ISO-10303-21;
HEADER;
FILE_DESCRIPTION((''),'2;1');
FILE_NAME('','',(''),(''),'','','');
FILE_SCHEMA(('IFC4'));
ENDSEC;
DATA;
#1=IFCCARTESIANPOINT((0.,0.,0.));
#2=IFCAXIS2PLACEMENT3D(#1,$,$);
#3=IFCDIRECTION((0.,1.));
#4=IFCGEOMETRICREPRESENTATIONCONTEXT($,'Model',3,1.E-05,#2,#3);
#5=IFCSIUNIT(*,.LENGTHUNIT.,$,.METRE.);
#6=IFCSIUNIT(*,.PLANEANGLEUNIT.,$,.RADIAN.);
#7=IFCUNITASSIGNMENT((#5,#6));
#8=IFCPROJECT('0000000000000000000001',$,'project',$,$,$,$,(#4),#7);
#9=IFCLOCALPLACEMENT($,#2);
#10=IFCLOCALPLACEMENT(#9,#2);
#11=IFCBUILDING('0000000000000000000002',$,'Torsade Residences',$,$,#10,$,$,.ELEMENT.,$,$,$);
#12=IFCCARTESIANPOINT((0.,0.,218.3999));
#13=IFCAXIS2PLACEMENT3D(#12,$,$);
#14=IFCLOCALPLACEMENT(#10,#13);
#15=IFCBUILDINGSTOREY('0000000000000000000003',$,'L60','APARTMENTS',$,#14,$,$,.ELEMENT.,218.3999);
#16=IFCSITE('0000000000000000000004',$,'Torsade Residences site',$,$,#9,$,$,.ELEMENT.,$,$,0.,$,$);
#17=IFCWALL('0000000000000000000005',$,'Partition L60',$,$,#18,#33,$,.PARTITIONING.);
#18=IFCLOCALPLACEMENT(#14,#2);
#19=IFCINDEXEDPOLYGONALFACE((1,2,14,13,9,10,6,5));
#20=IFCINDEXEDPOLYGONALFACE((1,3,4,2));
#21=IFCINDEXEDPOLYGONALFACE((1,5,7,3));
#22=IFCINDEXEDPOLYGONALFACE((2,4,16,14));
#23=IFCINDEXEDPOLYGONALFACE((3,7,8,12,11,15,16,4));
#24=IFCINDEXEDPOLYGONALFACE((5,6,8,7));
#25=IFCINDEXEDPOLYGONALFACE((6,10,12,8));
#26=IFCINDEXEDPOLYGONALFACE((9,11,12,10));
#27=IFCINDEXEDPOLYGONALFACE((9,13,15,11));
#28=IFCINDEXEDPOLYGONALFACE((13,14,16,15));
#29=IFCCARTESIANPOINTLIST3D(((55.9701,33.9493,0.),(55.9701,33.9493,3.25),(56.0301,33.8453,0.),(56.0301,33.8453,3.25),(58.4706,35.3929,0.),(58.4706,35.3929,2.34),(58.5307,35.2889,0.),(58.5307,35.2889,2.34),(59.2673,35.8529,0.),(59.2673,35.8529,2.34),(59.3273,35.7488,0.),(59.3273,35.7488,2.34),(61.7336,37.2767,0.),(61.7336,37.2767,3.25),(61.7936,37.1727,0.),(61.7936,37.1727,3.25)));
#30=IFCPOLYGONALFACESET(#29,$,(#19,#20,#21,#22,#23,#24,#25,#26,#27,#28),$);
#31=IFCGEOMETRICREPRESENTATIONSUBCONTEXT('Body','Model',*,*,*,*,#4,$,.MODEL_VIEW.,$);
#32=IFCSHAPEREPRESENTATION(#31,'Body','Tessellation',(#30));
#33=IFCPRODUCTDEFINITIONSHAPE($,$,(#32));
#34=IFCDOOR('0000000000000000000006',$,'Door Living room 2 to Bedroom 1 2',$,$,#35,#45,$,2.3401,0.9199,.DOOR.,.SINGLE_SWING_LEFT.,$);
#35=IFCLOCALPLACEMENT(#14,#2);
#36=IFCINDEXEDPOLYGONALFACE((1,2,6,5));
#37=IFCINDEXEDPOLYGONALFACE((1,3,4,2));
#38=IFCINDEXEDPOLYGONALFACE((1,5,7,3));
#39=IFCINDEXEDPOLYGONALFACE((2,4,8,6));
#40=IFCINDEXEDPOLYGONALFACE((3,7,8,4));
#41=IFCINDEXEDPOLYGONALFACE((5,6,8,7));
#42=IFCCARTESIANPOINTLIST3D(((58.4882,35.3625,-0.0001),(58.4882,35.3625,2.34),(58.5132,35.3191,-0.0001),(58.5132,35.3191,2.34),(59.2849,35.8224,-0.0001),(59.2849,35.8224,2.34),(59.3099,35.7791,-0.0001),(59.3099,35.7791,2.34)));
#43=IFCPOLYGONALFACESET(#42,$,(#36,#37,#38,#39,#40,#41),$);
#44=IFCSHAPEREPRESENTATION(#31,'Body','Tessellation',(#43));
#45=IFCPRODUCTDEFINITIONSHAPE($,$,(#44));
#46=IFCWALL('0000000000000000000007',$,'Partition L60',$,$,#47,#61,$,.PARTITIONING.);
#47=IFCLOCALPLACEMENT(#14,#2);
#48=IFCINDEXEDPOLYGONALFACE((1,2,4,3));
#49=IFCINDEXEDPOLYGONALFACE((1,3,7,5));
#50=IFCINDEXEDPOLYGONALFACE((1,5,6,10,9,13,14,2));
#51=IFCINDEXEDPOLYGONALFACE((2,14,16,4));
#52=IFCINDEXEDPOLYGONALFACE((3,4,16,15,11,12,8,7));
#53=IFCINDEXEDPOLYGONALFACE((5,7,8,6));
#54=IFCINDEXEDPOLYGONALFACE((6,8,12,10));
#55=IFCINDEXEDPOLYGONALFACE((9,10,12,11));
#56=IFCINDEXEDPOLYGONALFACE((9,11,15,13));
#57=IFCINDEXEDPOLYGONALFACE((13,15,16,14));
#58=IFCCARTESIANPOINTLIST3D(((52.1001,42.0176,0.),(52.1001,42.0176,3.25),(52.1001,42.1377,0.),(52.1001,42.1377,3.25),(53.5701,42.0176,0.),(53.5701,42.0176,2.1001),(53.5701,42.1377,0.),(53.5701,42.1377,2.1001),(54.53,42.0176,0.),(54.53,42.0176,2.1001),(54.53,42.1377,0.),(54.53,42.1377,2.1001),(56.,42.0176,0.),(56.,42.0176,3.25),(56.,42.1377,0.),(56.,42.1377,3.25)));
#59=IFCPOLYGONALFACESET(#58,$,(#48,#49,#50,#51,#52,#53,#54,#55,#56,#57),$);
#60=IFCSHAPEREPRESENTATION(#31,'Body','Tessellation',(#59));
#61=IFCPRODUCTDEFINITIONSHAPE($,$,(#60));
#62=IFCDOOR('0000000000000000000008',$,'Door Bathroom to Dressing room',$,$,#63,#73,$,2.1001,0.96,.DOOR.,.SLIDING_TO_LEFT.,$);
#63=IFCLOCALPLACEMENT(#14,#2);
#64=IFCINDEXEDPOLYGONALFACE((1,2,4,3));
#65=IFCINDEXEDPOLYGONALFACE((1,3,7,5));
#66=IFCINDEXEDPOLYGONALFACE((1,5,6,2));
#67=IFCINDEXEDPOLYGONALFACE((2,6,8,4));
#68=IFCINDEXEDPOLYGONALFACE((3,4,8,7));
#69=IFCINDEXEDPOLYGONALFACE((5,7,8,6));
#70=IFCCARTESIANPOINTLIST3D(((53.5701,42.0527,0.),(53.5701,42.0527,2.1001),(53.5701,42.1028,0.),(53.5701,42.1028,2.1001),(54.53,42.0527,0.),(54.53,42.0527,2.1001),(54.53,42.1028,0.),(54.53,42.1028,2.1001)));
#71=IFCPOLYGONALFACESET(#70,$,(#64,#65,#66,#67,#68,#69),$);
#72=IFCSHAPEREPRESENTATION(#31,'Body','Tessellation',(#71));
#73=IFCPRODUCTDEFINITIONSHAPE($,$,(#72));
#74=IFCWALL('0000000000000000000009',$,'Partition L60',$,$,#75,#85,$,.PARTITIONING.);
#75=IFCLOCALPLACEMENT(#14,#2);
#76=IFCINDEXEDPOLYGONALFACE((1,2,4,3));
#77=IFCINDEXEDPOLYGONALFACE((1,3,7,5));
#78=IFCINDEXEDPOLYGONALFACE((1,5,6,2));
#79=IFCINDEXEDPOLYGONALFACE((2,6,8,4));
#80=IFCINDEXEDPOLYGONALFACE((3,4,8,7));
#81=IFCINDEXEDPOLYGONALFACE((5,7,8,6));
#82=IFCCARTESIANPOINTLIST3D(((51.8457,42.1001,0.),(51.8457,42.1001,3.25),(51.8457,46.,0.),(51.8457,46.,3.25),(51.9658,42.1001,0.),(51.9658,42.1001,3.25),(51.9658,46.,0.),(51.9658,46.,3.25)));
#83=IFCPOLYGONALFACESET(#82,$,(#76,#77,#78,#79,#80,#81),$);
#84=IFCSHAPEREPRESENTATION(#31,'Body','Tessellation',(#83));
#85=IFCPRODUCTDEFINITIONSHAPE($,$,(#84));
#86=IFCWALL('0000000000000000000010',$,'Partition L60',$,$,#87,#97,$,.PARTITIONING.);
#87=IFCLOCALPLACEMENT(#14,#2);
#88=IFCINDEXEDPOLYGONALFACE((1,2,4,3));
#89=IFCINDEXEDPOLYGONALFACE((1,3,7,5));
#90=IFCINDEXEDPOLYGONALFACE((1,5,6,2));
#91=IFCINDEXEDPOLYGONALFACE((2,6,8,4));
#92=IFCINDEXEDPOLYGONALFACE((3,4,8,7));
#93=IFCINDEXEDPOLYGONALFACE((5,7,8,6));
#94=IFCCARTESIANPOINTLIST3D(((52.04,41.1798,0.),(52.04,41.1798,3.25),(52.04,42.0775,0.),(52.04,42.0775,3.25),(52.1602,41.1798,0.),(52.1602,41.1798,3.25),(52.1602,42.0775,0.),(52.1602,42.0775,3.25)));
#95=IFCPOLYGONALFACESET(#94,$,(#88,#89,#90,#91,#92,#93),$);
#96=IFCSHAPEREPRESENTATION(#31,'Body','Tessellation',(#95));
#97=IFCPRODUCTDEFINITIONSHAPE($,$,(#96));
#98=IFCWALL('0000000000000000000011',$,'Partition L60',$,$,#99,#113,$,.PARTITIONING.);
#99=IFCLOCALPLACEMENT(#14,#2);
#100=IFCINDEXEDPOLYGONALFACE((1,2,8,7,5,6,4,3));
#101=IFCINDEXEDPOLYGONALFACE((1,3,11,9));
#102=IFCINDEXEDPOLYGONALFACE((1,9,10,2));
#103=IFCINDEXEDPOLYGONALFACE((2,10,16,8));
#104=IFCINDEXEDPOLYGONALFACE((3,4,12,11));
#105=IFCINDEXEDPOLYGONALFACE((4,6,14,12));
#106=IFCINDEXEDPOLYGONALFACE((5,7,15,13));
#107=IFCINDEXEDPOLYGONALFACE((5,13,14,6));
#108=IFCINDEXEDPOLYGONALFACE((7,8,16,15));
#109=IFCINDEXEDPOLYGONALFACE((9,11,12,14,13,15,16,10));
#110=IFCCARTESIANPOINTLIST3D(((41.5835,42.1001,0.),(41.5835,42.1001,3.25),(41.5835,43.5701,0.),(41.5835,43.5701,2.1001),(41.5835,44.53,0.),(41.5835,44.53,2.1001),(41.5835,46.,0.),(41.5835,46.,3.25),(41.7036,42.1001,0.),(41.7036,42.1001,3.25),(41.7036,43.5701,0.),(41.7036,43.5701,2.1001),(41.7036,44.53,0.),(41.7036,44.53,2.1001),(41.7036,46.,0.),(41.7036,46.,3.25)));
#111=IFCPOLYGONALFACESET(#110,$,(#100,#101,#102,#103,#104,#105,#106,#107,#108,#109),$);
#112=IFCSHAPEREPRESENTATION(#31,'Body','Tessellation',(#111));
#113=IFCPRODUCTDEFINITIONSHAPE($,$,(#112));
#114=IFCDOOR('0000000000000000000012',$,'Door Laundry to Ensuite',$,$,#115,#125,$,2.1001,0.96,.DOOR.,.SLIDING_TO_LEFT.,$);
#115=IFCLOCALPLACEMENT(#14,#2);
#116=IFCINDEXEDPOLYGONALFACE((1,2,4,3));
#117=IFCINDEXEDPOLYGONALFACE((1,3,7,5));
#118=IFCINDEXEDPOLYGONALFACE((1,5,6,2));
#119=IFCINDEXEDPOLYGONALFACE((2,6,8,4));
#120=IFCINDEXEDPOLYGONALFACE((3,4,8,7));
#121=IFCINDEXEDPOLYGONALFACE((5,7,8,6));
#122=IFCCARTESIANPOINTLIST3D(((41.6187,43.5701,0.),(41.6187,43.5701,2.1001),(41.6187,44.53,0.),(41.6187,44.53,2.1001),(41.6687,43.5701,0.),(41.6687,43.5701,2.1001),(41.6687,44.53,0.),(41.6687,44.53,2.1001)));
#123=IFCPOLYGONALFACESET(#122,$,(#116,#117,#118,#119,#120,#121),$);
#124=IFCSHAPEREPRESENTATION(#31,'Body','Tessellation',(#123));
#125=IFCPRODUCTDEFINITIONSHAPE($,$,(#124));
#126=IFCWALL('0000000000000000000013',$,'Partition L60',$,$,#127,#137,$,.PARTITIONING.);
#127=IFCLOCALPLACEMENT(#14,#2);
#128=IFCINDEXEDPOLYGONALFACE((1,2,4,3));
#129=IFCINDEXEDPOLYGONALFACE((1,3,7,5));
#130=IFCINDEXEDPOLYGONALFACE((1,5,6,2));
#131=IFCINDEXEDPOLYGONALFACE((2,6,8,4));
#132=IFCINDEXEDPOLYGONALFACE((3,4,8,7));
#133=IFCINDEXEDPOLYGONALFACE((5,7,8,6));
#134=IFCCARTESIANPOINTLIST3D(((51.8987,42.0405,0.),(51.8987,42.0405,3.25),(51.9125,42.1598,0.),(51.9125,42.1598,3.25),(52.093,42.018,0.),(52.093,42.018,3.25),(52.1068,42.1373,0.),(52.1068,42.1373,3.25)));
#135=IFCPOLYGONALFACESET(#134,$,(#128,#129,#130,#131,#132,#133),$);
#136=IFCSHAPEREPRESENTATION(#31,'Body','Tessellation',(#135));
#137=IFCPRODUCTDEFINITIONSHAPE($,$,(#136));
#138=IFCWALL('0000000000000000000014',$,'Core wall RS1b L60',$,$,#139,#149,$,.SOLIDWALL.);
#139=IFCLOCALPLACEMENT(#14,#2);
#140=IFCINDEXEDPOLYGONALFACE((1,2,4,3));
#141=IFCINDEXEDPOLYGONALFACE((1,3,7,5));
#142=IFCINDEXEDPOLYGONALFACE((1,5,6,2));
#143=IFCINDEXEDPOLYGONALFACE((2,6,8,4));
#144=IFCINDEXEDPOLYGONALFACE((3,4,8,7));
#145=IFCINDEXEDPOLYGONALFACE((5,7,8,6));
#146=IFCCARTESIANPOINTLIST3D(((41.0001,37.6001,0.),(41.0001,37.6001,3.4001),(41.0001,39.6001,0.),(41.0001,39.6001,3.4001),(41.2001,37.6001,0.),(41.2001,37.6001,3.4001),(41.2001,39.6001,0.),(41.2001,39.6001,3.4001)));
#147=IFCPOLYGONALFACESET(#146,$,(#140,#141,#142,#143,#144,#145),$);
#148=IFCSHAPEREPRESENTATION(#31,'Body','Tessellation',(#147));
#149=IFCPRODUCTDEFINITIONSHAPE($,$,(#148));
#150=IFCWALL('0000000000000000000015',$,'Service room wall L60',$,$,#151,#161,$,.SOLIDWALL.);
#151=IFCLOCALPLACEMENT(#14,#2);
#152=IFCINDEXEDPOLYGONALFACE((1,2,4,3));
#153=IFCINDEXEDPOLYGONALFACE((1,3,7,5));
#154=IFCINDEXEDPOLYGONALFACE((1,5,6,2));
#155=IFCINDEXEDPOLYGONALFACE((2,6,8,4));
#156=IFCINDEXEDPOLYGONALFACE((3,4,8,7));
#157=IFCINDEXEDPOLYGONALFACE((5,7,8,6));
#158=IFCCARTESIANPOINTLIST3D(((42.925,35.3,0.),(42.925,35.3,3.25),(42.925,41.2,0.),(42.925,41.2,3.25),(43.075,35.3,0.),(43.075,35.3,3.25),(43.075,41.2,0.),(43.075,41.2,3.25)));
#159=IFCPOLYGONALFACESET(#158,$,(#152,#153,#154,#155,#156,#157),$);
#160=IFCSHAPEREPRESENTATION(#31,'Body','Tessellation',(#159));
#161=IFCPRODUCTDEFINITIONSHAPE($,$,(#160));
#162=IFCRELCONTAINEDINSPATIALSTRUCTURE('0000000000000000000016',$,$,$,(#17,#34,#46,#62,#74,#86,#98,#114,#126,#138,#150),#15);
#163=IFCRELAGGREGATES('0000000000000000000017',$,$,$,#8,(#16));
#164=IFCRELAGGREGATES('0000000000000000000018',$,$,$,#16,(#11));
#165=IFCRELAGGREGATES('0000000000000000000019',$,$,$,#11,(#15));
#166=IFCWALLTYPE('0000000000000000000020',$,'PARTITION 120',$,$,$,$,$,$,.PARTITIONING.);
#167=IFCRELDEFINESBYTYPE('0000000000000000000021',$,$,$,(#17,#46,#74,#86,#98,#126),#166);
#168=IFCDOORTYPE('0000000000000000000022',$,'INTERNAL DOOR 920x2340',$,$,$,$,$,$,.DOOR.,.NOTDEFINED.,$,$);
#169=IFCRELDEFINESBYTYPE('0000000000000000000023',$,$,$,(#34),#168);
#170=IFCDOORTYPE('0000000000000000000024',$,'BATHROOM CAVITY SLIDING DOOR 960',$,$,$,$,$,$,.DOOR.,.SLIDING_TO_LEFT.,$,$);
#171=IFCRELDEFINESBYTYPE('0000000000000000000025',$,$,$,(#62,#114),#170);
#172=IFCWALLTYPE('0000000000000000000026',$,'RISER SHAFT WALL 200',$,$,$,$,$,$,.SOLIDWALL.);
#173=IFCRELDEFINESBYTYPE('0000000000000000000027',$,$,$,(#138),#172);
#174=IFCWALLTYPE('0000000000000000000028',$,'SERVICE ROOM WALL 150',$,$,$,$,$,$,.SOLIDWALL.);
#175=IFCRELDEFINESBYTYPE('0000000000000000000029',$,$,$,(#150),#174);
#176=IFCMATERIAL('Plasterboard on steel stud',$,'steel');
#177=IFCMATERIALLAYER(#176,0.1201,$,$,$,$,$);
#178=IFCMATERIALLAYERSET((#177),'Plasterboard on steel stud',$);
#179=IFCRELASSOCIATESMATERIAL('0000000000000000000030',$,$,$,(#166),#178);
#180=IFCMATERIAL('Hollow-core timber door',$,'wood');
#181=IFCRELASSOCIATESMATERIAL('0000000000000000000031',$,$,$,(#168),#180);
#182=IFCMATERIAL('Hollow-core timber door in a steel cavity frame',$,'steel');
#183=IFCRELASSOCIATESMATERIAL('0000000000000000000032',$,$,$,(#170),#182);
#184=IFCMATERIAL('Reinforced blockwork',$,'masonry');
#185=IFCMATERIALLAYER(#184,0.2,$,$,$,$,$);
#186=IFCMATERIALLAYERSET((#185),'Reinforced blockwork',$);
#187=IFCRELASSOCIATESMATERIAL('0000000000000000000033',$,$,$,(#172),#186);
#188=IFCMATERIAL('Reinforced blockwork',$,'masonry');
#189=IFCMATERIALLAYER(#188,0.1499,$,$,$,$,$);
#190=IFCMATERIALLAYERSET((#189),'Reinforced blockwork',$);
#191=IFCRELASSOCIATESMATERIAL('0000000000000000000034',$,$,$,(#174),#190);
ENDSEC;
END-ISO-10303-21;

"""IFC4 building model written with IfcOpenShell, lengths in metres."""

from ifc_helpers import new_model, si_unit, direction, frame, frame_2d, origin, place, context, subcontext, project, spatial, rectangle, extrude, material, layer, layer_set, type_object, element, fill, save


model = new_model("IFC4")

# Units and contexts
model_context = context("Model", 3, precision=1e-05, world=origin(), true_north=direction((0.0, 1.0)))
body_context = subcontext(model_context, "Body", "Model", "MODEL_VIEW")
ifc_project = project(units=[si_unit("LENGTHUNIT", "METRE"), si_unit("PLANEANGLEUNIT", "RADIAN")], contexts=[model_context])

# Site, building, storey
site_placement = place(None, origin())
site = spatial("IfcSite", under=ifc_project, at=site_placement, Name="Torsade Residences site", CompositionType="ELEMENT", RefElevation=0.0)
building_placement = place(site_placement, origin())
building = spatial("IfcBuilding", under=site, at=building_placement, Name="Torsade Residences", CompositionType="ELEMENT")
storey_placement = place(building_placement, frame((0.0, 0.0, 218.3999)))
storey = spatial("IfcBuildingStorey", under=building, at=storey_placement, Name="L60", Description="APARTMENTS", CompositionType="ELEMENT", Elevation=218.3999)

# Shared definitions
ifc_material_1 = material(Name="Plasterboard on steel stud", Category="steel")
ifc_layer_1 = layer(ifc_material_1, 0.1201)
ifc_layer_set_1 = layer_set([ifc_layer_1], Name="Plasterboard on steel stud")
wall_type_1 = type_object("IfcWallType", Name="PARTITION 120", PredefinedType="PARTITIONING", material=ifc_layer_set_1)
ifc_material_2 = material(Name="Hollow-core timber door", Category="wood")
door_type_1 = type_object("IfcDoorType", Name="INTERNAL DOOR 920x2340", OperationType="NOTDEFINED", PredefinedType="DOOR", material=ifc_material_2)

# Walls, openings, doors
wall_1_placement = place(storey_placement, frame((56.0, 33.8972, 0.0), z_axis=(0.0, 0.0, 1.0), x_axis=(0.866033, 0.499986, 0.0)))
wall_1 = element("IfcWall", 1, at=wall_1_placement, inside=storey, type_object=wall_type_1, Name="Partition L60", PredefinedType="PARTITIONING", context=body_context, shape_type="SweptSolid", body=[
    extrude(rectangle(XDim=6.655, YDim=0.1201, at=frame_2d((3.3276, 0.0))), origin(), (0.0, 0.0, 1.0), 3.25),
])
opening_1_placement = place(wall_1_placement, frame((2.8875, 0.0, 0.0)))
opening_1 = element("IfcOpeningElement", 2, at=opening_1_placement, cuts=wall_1, PredefinedType="OPENING", context=body_context, shape_type="SweptSolid", body=[
    extrude(rectangle(XDim=0.9199, YDim=2.3401, at=frame_2d((0.46, 1.1699))), frame((0.0, 0.0701, 0.0), z_axis=(0.0, -1.0, 0.0), x_axis=(1.0, 0.0, 0.0)), (0.0, 0.0, 1.0), 0.1401),
])
door_1_placement = place(opening_1_placement, origin())
door_1 = element("IfcDoor", 3, at=door_1_placement, inside=storey, type_object=door_type_1, Name="Door Living room 2 to Bedroom 1 2", OperationType="SINGLE_SWING_LEFT", OverallHeight=2.3401, OverallWidth=0.9199, PredefinedType="DOOR", context=body_context, shape_type="SweptSolid", body=[
    extrude(rectangle(XDim=0.9199, YDim=2.3401, at=frame_2d((0.46, 1.1699))), frame((0.0, 0.0249, 0.0), z_axis=(0.0, -1.0, 0.0), x_axis=(1.0, 0.0, 0.0)), (0.0, 0.0, 1.0), 0.05),
])
fill(opening_1, door_1)
wall_2_placement = place(storey_placement, frame((56.0, 42.0776, 0.0), z_axis=(0.0, 0.0, 1.0), x_axis=(-1.0, 0.0, 0.0)))
wall_2 = element("IfcWall", 4, at=wall_2_placement, inside=storey, type_object=wall_type_1, Name="Partition L60", PredefinedType="PARTITIONING", context=body_context, shape_type="SweptSolid", body=[
    extrude(rectangle(XDim=3.8999, YDim=0.1201, at=frame_2d((1.95, 0.0))), origin(), (0.0, 0.0, 1.0), 3.25),
])
opening_2_placement = place(wall_2_placement, frame((1.47, 0.0, 0.0)))
opening_2 = element("IfcOpeningElement", 5, at=opening_2_placement, cuts=wall_2, PredefinedType="OPENING", context=body_context, shape_type="SweptSolid", body=[
    extrude(rectangle(XDim=0.96, YDim=2.1001, at=frame_2d((0.48, 1.05))), frame((0.0, 0.0701, 0.0), z_axis=(0.0, -1.0, 0.0), x_axis=(1.0, 0.0, 0.0)), (0.0, 0.0, 1.0), 0.1401),
])
ifc_material_3 = material(Name="Hollow-core timber door in a steel cavity frame", Category="steel")
door_type_2 = type_object("IfcDoorType", Name="BATHROOM CAVITY SLIDING DOOR 960", OperationType="SLIDING_TO_LEFT", PredefinedType="DOOR", material=ifc_material_3)
door_2_placement = place(opening_2_placement, origin())
door_2 = element("IfcDoor", 6, at=door_2_placement, inside=storey, type_object=door_type_2, Name="Door Bathroom to Dressing room", OperationType="SLIDING_TO_LEFT", OverallHeight=2.1001, OverallWidth=0.96, PredefinedType="DOOR", context=body_context, shape_type="SweptSolid", body=[
    extrude(rectangle(XDim=0.96, YDim=2.1001, at=frame_2d((0.48, 1.05))), frame((0.0, 0.0249, 0.0), z_axis=(0.0, -1.0, 0.0), x_axis=(1.0, 0.0, 0.0)), (0.0, 0.0, 1.0), 0.05),
])
fill(opening_2, door_2)

# Walls
wall_3_placement = place(storey_placement, frame((51.9058, 42.1001, 0.0), z_axis=(0.0, 0.0, 1.0), x_axis=(0.0, 1.0, 0.0)))
element("IfcWall", 7, at=wall_3_placement, inside=storey, type_object=wall_type_1, Name="Partition L60", PredefinedType="PARTITIONING", context=body_context, shape_type="SweptSolid", body=[
    extrude(rectangle(XDim=3.8999, YDim=0.1201, at=frame_2d((1.95, 0.0))), origin(), (0.0, 0.0, 1.0), 3.25),
])
wall_4_placement = place(storey_placement, frame((52.1001, 41.1799, 0.0), z_axis=(0.0, 0.0, 1.0), x_axis=(0.0, 1.0, 0.0)))
element("IfcWall", 8, at=wall_4_placement, inside=storey, type_object=wall_type_1, Name="Partition L60", PredefinedType="PARTITIONING", context=body_context, shape_type="SweptSolid", body=[
    extrude(rectangle(XDim=0.8977, YDim=0.1201, at=frame_2d((0.4487, 0.0))), origin(), (0.0, 0.0, 1.0), 3.25),
])

# Wall, opening, door
wall_5_placement = place(storey_placement, frame((41.6436, 42.1001, 0.0), z_axis=(0.0, 0.0, 1.0), x_axis=(0.0, 1.0, 0.0)))
wall_5 = element("IfcWall", 9, at=wall_5_placement, inside=storey, type_object=wall_type_1, Name="Partition L60", PredefinedType="PARTITIONING", context=body_context, shape_type="SweptSolid", body=[
    extrude(rectangle(XDim=3.8999, YDim=0.1201, at=frame_2d((1.95, 0.0))), origin(), (0.0, 0.0, 1.0), 3.25),
])
opening_3_placement = place(wall_5_placement, frame((1.47, 0.0, 0.0)))
opening_3 = element("IfcOpeningElement", 10, at=opening_3_placement, cuts=wall_5, PredefinedType="OPENING", context=body_context, shape_type="SweptSolid", body=[
    extrude(rectangle(XDim=0.96, YDim=2.1001, at=frame_2d((0.48, 1.05))), frame((0.0, 0.0701, 0.0), z_axis=(0.0, -1.0, 0.0), x_axis=(1.0, 0.0, 0.0)), (0.0, 0.0, 1.0), 0.1401),
])
door_3_placement = place(opening_3_placement, origin())
door_3 = element("IfcDoor", 11, at=door_3_placement, inside=storey, type_object=door_type_2, Name="Door Laundry to Ensuite", OperationType="SLIDING_TO_LEFT", OverallHeight=2.1001, OverallWidth=0.96, PredefinedType="DOOR", context=body_context, shape_type="SweptSolid", body=[
    extrude(rectangle(XDim=0.96, YDim=2.1001, at=frame_2d((0.48, 1.05))), frame((0.0, 0.0249, 0.0), z_axis=(0.0, -1.0, 0.0), x_axis=(1.0, 0.0, 0.0)), (0.0, 0.0, 1.0), 0.05),
])
fill(opening_3, door_3)

# Walls
wall_6_placement = place(storey_placement, frame((51.9058, 42.1001, 0.0), z_axis=(0.0, 0.0, 1.0), x_axis=(0.993387, -0.114814, 0.0)))
element("IfcWall", 12, at=wall_6_placement, inside=storey, type_object=wall_type_1, Name="Partition L60", PredefinedType="PARTITIONING", context=body_context, shape_type="SweptSolid", body=[
    extrude(rectangle(XDim=0.1956, YDim=0.1201, at=frame_2d((0.0977, 0.0))), origin(), (0.0, 0.0, 1.0), 3.25),
])
ifc_material_4 = material(Name="Reinforced blockwork", Category="masonry")
ifc_layer_2 = layer(ifc_material_4, 0.2)
ifc_layer_set_2 = layer_set([ifc_layer_2], Name="Reinforced blockwork")
wall_type_2 = type_object("IfcWallType", Name="RISER SHAFT WALL 200", PredefinedType="SOLIDWALL", material=ifc_layer_set_2)
wall_7_placement = place(storey_placement, frame((41.1001, 37.6001, 0.0), z_axis=(0.0, 0.0, 1.0), x_axis=(0.0, 1.0, 0.0)))
element("IfcWall", 13, at=wall_7_placement, inside=storey, type_object=wall_type_2, Name="Core wall RS1b L60", PredefinedType="SOLIDWALL", context=body_context, shape_type="SweptSolid", body=[
    extrude(rectangle(XDim=2.0, YDim=0.2, at=frame_2d((1.0, 0.0))), origin(), (0.0, 0.0, 1.0), 3.4001),
])
ifc_material_5 = material(Name="Reinforced blockwork", Category="masonry")
ifc_layer_3 = layer(ifc_material_5, 0.1499)
ifc_layer_set_3 = layer_set([ifc_layer_3], Name="Reinforced blockwork")
wall_type_3 = type_object("IfcWallType", Name="SERVICE ROOM WALL 150", PredefinedType="SOLIDWALL", material=ifc_layer_set_3)
wall_8_placement = place(storey_placement, frame((43.0, 41.2, 0.0), z_axis=(0.0, 0.0, 1.0), x_axis=(0.0, -1.0, 0.0)))
element("IfcWall", 14, at=wall_8_placement, inside=storey, type_object=wall_type_3, Name="Service room wall L60", PredefinedType="SOLIDWALL", context=body_context, shape_type="SweptSolid", body=[
    extrude(rectangle(XDim=5.8999, YDim=0.1499, at=frame_2d((2.95, 0.0))), origin(), (0.0, 0.0, 1.0), 3.25),
])

save(model, "model.ifc")
